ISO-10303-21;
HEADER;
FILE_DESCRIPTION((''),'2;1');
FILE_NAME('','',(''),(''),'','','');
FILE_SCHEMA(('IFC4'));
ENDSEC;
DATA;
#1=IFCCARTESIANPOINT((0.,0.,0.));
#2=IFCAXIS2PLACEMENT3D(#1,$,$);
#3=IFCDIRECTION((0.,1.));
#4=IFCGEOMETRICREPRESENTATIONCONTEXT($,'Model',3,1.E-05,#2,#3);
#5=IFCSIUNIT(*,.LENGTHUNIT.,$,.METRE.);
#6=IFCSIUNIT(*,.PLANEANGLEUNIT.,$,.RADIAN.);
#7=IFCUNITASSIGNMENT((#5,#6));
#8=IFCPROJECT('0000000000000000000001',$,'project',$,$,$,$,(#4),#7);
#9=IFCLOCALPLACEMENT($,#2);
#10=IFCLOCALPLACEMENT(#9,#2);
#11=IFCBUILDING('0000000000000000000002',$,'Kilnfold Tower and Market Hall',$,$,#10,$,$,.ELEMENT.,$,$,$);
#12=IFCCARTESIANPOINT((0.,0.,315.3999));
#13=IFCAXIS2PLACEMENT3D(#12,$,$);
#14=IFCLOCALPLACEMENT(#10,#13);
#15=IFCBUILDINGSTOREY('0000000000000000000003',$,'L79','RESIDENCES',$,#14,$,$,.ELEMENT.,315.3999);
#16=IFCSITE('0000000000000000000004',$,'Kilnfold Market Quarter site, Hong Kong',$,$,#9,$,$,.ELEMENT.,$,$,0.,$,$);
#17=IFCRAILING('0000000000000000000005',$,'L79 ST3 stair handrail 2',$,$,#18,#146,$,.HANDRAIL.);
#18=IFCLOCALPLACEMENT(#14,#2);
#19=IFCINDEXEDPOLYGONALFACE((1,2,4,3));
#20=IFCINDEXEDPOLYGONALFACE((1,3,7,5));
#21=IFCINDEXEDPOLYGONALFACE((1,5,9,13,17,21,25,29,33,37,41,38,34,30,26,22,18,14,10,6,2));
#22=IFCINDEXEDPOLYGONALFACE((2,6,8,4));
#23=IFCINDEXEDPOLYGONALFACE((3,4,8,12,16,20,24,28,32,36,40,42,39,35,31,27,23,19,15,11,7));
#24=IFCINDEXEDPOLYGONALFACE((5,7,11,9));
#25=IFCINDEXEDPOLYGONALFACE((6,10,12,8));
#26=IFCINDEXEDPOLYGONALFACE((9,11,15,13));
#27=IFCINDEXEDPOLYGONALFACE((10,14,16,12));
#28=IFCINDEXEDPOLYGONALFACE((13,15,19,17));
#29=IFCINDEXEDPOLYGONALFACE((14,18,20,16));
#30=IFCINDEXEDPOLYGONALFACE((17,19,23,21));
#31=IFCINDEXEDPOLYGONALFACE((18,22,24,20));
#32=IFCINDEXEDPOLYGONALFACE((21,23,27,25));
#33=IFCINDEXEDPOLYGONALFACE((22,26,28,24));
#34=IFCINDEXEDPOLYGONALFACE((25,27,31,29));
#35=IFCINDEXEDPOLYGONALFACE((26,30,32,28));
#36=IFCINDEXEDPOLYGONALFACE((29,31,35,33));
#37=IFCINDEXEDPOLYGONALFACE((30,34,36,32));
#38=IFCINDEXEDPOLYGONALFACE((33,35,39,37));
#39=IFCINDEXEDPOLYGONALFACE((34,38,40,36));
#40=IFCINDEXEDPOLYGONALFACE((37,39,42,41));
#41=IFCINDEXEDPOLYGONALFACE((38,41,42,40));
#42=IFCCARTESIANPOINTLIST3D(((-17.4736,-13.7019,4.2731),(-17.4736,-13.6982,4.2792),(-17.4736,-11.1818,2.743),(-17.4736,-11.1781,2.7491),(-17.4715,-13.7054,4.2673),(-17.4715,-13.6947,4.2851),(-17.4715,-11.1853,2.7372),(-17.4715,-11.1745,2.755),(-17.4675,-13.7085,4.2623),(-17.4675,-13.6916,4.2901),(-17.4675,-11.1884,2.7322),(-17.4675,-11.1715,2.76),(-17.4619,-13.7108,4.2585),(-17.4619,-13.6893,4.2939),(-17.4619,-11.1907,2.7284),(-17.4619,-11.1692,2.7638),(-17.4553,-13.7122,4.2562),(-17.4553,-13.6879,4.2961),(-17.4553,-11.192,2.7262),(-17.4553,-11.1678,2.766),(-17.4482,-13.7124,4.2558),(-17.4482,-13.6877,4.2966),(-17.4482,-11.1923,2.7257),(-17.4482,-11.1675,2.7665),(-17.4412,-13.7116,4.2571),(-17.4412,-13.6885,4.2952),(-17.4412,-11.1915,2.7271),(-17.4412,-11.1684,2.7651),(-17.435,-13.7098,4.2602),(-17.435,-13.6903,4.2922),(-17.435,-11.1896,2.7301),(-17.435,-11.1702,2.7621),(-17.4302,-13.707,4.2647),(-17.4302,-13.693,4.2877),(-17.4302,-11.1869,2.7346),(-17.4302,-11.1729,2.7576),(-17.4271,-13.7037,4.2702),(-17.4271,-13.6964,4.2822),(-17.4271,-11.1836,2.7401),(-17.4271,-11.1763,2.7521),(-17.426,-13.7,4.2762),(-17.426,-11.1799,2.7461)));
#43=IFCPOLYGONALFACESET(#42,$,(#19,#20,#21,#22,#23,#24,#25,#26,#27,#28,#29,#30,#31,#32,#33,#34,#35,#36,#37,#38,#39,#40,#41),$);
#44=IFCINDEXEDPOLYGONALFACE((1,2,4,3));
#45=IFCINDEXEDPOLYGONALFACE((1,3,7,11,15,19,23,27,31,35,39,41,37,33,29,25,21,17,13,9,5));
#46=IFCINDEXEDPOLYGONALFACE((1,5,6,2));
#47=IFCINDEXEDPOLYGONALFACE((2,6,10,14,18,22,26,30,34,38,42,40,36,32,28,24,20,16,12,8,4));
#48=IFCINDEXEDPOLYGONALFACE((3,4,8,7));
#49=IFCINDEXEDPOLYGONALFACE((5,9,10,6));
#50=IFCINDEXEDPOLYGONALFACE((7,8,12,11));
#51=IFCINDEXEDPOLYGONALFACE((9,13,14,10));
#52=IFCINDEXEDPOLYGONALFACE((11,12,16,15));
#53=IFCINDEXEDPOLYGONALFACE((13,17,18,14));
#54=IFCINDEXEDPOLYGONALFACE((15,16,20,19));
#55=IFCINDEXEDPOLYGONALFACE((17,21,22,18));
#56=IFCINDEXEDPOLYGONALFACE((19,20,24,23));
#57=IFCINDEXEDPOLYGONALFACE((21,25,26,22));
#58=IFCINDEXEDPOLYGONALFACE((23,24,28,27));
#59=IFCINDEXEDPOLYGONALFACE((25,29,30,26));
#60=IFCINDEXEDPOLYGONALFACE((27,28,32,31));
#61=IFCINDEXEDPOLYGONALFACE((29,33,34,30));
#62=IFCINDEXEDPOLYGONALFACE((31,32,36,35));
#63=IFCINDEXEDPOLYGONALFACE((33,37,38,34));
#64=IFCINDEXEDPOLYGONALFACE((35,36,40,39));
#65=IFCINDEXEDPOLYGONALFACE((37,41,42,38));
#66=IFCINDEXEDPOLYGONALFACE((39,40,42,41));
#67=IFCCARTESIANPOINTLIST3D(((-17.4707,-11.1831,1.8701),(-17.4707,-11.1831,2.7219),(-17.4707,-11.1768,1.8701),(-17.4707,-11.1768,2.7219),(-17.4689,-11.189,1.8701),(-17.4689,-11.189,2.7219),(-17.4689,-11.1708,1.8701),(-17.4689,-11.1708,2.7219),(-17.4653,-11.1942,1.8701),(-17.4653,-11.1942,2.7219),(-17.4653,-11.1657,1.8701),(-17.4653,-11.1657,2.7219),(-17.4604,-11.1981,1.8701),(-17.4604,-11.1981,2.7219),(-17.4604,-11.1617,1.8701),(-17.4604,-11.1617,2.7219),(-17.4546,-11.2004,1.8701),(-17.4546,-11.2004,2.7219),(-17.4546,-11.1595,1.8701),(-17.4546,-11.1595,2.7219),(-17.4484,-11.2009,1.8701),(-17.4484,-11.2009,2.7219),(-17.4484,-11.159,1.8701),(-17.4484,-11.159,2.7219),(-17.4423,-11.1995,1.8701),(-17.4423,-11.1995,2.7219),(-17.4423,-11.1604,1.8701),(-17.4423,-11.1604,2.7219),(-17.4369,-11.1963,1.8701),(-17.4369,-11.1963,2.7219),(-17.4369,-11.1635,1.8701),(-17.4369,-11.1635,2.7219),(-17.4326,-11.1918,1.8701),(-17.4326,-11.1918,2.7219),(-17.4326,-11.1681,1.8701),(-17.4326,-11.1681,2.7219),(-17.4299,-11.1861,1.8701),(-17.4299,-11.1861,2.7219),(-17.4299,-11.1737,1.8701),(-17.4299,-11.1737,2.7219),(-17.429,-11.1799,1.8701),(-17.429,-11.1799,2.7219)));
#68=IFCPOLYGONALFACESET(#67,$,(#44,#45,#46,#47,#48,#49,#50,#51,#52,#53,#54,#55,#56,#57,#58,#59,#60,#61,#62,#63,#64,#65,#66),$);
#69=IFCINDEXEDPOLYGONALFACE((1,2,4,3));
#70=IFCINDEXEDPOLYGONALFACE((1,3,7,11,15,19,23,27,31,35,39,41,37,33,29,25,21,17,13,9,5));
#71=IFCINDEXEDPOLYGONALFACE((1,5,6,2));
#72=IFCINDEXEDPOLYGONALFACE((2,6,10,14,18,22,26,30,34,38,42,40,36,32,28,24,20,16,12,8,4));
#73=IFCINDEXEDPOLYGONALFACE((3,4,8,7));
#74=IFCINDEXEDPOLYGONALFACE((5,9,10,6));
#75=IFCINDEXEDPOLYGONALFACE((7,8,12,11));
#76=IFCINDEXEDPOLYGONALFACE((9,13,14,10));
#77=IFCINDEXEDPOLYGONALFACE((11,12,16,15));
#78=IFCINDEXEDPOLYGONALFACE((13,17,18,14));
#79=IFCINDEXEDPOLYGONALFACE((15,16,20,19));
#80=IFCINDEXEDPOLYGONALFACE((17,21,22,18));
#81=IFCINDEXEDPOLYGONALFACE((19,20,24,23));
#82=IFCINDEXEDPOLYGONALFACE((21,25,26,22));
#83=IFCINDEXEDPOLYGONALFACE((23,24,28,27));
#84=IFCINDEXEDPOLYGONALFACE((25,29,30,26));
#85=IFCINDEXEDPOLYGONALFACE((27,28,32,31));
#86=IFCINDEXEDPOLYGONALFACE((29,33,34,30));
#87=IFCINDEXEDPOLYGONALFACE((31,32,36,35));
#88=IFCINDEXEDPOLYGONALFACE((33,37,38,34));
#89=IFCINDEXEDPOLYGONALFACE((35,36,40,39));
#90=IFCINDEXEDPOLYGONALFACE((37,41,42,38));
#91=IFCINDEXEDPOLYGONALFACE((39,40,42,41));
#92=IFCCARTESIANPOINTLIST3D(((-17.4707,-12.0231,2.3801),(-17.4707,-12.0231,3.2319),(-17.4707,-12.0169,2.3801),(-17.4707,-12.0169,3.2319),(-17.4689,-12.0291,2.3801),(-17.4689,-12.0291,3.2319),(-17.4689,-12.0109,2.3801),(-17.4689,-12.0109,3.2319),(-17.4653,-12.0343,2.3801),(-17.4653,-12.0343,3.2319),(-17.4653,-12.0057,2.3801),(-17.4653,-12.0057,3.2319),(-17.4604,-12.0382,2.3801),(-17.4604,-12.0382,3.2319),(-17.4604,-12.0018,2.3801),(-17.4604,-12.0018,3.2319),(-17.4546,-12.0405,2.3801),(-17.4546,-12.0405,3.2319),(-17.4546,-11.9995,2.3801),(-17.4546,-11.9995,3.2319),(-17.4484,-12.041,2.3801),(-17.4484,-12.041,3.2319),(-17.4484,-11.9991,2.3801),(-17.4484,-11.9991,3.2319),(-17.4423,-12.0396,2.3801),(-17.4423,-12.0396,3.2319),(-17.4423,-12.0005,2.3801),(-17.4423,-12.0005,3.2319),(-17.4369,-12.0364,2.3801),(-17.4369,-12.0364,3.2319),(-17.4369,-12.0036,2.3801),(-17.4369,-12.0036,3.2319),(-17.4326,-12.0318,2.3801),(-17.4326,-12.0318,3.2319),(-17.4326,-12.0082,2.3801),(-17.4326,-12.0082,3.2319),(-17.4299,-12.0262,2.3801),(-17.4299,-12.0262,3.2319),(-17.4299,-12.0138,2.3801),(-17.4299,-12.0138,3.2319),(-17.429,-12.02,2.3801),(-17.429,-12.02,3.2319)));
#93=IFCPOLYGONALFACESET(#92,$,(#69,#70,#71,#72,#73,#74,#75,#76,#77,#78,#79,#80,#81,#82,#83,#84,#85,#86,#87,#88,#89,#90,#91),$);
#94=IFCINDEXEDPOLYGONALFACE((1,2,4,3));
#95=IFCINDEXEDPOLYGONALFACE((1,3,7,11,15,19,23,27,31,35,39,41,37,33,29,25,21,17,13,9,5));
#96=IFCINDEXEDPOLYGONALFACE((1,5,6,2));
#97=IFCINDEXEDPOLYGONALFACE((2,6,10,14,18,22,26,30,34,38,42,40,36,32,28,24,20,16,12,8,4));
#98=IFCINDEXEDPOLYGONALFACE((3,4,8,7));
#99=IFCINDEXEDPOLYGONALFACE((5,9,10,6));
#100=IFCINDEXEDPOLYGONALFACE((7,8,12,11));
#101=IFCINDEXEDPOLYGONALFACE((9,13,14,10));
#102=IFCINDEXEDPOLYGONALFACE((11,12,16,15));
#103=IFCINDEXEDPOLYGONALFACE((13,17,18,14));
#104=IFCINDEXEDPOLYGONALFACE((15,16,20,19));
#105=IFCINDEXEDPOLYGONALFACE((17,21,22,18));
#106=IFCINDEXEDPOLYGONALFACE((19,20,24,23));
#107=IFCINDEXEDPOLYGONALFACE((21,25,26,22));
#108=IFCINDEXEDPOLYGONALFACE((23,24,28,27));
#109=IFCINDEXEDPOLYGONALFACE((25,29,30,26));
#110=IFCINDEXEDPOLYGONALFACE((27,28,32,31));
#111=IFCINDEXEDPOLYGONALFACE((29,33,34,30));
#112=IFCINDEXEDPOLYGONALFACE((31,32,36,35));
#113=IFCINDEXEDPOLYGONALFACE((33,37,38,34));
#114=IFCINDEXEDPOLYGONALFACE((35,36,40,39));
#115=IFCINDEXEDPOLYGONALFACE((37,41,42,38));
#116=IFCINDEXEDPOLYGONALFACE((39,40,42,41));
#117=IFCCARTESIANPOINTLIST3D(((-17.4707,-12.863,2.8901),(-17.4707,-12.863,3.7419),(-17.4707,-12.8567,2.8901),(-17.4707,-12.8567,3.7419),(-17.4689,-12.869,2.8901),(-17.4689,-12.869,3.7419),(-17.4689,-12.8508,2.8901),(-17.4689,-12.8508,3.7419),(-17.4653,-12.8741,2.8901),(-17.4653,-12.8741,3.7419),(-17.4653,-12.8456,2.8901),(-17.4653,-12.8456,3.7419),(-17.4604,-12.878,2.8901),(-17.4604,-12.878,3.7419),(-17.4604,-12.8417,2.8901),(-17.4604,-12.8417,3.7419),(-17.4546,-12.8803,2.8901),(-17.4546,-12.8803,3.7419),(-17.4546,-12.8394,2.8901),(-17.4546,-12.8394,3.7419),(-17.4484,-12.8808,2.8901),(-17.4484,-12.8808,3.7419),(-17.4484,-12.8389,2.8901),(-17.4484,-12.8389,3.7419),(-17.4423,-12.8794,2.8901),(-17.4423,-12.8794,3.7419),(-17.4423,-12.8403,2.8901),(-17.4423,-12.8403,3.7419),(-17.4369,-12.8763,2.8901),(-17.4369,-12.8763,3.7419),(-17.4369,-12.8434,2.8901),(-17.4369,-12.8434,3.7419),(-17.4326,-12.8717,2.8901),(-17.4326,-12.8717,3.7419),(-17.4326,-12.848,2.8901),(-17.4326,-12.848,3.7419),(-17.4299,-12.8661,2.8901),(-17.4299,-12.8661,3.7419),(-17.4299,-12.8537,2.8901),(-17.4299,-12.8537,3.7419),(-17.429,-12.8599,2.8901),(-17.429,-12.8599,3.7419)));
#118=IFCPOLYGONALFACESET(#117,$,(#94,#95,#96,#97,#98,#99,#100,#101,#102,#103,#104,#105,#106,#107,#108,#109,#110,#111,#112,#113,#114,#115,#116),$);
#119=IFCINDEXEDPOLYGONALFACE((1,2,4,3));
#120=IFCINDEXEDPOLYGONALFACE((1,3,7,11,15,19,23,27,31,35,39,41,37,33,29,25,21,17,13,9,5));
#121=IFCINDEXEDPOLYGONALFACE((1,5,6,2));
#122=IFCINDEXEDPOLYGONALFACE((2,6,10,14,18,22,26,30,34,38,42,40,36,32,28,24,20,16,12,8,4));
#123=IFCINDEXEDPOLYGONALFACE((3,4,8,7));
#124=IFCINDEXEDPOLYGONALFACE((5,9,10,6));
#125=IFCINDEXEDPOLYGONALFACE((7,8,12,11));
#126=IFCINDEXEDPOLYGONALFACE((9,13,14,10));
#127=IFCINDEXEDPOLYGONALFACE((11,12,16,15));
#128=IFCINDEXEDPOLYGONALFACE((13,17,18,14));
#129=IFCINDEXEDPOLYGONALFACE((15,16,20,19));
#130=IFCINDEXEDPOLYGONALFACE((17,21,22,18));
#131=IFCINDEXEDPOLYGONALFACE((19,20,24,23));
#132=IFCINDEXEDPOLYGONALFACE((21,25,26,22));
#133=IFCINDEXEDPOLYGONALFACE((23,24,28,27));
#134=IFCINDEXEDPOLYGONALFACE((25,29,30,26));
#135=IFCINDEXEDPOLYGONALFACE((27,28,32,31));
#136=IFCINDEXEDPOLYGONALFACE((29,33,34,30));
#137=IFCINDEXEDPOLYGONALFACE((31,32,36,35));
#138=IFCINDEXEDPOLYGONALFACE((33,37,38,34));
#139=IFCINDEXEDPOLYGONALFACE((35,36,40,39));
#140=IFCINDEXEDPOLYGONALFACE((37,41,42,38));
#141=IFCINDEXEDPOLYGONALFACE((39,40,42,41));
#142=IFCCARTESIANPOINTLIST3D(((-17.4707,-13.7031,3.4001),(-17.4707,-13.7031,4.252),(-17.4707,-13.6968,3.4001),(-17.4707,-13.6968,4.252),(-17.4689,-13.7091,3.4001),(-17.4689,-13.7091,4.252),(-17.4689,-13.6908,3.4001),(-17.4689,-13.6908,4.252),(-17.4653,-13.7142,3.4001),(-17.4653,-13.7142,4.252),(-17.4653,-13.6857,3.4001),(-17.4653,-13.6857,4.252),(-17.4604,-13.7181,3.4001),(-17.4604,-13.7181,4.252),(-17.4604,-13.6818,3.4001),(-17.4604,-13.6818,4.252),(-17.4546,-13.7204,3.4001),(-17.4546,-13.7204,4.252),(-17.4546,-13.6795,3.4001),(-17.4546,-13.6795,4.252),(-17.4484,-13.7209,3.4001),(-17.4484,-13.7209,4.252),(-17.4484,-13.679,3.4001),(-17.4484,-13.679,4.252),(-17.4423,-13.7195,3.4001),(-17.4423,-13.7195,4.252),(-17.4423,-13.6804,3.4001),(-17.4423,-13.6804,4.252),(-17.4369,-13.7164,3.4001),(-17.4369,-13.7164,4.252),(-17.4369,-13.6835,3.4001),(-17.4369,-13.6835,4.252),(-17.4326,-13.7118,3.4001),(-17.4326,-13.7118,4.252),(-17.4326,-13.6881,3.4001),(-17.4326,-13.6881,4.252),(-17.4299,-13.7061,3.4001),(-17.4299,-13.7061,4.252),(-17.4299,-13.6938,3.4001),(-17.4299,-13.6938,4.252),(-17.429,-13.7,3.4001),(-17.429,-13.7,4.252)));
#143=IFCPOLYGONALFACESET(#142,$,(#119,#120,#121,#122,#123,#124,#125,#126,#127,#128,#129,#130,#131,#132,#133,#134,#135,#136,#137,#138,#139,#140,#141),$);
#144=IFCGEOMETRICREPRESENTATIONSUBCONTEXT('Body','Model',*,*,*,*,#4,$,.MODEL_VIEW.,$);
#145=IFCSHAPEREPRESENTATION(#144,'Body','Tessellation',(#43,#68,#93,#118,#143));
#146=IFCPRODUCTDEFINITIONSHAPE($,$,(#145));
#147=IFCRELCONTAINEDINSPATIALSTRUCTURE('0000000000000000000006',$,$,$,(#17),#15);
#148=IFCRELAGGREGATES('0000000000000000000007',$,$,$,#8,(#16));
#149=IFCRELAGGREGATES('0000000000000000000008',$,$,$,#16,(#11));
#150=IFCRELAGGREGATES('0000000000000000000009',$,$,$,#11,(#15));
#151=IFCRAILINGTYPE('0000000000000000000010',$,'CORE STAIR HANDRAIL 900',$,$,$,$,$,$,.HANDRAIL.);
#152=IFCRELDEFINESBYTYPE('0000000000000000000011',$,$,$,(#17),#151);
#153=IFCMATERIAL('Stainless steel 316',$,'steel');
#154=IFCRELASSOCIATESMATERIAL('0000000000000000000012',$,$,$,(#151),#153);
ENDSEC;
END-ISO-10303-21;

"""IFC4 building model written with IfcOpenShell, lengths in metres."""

from ifc_helpers import new_model, si_unit, direction, frame, origin, origin_2d, place, context, subcontext, project, spatial, circle, extrude, material, type_object, element, save


model = new_model("IFC4")

# Units and contexts
model_context = context("Model", 3, precision=1e-05, world=origin(), true_north=direction((0.0, 1.0)))
body_context = subcontext(model_context, "Body", "Model", "MODEL_VIEW")
ifc_project = project(units=[si_unit("LENGTHUNIT", "METRE"), si_unit("PLANEANGLEUNIT", "RADIAN")], contexts=[model_context])

# Site, building, storey
site_placement = place(None, origin())
site = spatial("IfcSite", under=ifc_project, at=site_placement, Name="Kilnfold Market Quarter site, Hong Kong", CompositionType="ELEMENT", RefElevation=0.0)
building_placement = place(site_placement, origin())
building = spatial("IfcBuilding", under=site, at=building_placement, Name="Kilnfold Tower and Market Hall", CompositionType="ELEMENT")
storey_placement = place(building_placement, frame((0.0, 0.0, 315.3999)))
storey = spatial("IfcBuildingStorey", under=building, at=storey_placement, Name="L79", Description="RESIDENCES", CompositionType="ELEMENT", Elevation=315.3999)

# Railing
ifc_material_1 = material(Name="Stainless steel 316", Category="steel")
railing_type = type_object("IfcRailingType", Name="CORE STAIR HANDRAIL 900", PredefinedType="HANDRAIL", material=ifc_material_1)
railing_placement = place(storey_placement, frame((-17.45, -11.1799, 1.8701)))
element("IfcRailing", 1, at=railing_placement, inside=storey, type_object=railing_type, Name="L79 ST3 stair handrail 2", PredefinedType="HANDRAIL", context=body_context, shape_type="SweptSolid", body=[
    extrude(circle(Radius=0.0239, at=origin_2d()), frame((0.0, 0.0, 0.876), z_axis=(0.0, -0.854785, 0.518982), x_axis=(1.0, 0.0, 0.0)), (0.0, 0.0, 1.0), 2.9482),
    extrude(circle(Radius=0.021, at=origin_2d()), origin(), (0.0, 0.0, 1.0), 0.8518),
    extrude(circle(Radius=0.021, at=origin_2d()), frame((0.0, -0.8401, 0.51)), (0.0, 0.0, 1.0), 0.8518),
    extrude(circle(Radius=0.021, at=origin_2d()), frame((0.0, -1.6799, 1.02)), (0.0, 0.0, 1.0), 0.8518),
    extrude(circle(Radius=0.021, at=origin_2d()), frame((0.0, -2.52, 1.53)), (0.0, 0.0, 1.0), 0.8518),
])

save(model, "model.ifc")
